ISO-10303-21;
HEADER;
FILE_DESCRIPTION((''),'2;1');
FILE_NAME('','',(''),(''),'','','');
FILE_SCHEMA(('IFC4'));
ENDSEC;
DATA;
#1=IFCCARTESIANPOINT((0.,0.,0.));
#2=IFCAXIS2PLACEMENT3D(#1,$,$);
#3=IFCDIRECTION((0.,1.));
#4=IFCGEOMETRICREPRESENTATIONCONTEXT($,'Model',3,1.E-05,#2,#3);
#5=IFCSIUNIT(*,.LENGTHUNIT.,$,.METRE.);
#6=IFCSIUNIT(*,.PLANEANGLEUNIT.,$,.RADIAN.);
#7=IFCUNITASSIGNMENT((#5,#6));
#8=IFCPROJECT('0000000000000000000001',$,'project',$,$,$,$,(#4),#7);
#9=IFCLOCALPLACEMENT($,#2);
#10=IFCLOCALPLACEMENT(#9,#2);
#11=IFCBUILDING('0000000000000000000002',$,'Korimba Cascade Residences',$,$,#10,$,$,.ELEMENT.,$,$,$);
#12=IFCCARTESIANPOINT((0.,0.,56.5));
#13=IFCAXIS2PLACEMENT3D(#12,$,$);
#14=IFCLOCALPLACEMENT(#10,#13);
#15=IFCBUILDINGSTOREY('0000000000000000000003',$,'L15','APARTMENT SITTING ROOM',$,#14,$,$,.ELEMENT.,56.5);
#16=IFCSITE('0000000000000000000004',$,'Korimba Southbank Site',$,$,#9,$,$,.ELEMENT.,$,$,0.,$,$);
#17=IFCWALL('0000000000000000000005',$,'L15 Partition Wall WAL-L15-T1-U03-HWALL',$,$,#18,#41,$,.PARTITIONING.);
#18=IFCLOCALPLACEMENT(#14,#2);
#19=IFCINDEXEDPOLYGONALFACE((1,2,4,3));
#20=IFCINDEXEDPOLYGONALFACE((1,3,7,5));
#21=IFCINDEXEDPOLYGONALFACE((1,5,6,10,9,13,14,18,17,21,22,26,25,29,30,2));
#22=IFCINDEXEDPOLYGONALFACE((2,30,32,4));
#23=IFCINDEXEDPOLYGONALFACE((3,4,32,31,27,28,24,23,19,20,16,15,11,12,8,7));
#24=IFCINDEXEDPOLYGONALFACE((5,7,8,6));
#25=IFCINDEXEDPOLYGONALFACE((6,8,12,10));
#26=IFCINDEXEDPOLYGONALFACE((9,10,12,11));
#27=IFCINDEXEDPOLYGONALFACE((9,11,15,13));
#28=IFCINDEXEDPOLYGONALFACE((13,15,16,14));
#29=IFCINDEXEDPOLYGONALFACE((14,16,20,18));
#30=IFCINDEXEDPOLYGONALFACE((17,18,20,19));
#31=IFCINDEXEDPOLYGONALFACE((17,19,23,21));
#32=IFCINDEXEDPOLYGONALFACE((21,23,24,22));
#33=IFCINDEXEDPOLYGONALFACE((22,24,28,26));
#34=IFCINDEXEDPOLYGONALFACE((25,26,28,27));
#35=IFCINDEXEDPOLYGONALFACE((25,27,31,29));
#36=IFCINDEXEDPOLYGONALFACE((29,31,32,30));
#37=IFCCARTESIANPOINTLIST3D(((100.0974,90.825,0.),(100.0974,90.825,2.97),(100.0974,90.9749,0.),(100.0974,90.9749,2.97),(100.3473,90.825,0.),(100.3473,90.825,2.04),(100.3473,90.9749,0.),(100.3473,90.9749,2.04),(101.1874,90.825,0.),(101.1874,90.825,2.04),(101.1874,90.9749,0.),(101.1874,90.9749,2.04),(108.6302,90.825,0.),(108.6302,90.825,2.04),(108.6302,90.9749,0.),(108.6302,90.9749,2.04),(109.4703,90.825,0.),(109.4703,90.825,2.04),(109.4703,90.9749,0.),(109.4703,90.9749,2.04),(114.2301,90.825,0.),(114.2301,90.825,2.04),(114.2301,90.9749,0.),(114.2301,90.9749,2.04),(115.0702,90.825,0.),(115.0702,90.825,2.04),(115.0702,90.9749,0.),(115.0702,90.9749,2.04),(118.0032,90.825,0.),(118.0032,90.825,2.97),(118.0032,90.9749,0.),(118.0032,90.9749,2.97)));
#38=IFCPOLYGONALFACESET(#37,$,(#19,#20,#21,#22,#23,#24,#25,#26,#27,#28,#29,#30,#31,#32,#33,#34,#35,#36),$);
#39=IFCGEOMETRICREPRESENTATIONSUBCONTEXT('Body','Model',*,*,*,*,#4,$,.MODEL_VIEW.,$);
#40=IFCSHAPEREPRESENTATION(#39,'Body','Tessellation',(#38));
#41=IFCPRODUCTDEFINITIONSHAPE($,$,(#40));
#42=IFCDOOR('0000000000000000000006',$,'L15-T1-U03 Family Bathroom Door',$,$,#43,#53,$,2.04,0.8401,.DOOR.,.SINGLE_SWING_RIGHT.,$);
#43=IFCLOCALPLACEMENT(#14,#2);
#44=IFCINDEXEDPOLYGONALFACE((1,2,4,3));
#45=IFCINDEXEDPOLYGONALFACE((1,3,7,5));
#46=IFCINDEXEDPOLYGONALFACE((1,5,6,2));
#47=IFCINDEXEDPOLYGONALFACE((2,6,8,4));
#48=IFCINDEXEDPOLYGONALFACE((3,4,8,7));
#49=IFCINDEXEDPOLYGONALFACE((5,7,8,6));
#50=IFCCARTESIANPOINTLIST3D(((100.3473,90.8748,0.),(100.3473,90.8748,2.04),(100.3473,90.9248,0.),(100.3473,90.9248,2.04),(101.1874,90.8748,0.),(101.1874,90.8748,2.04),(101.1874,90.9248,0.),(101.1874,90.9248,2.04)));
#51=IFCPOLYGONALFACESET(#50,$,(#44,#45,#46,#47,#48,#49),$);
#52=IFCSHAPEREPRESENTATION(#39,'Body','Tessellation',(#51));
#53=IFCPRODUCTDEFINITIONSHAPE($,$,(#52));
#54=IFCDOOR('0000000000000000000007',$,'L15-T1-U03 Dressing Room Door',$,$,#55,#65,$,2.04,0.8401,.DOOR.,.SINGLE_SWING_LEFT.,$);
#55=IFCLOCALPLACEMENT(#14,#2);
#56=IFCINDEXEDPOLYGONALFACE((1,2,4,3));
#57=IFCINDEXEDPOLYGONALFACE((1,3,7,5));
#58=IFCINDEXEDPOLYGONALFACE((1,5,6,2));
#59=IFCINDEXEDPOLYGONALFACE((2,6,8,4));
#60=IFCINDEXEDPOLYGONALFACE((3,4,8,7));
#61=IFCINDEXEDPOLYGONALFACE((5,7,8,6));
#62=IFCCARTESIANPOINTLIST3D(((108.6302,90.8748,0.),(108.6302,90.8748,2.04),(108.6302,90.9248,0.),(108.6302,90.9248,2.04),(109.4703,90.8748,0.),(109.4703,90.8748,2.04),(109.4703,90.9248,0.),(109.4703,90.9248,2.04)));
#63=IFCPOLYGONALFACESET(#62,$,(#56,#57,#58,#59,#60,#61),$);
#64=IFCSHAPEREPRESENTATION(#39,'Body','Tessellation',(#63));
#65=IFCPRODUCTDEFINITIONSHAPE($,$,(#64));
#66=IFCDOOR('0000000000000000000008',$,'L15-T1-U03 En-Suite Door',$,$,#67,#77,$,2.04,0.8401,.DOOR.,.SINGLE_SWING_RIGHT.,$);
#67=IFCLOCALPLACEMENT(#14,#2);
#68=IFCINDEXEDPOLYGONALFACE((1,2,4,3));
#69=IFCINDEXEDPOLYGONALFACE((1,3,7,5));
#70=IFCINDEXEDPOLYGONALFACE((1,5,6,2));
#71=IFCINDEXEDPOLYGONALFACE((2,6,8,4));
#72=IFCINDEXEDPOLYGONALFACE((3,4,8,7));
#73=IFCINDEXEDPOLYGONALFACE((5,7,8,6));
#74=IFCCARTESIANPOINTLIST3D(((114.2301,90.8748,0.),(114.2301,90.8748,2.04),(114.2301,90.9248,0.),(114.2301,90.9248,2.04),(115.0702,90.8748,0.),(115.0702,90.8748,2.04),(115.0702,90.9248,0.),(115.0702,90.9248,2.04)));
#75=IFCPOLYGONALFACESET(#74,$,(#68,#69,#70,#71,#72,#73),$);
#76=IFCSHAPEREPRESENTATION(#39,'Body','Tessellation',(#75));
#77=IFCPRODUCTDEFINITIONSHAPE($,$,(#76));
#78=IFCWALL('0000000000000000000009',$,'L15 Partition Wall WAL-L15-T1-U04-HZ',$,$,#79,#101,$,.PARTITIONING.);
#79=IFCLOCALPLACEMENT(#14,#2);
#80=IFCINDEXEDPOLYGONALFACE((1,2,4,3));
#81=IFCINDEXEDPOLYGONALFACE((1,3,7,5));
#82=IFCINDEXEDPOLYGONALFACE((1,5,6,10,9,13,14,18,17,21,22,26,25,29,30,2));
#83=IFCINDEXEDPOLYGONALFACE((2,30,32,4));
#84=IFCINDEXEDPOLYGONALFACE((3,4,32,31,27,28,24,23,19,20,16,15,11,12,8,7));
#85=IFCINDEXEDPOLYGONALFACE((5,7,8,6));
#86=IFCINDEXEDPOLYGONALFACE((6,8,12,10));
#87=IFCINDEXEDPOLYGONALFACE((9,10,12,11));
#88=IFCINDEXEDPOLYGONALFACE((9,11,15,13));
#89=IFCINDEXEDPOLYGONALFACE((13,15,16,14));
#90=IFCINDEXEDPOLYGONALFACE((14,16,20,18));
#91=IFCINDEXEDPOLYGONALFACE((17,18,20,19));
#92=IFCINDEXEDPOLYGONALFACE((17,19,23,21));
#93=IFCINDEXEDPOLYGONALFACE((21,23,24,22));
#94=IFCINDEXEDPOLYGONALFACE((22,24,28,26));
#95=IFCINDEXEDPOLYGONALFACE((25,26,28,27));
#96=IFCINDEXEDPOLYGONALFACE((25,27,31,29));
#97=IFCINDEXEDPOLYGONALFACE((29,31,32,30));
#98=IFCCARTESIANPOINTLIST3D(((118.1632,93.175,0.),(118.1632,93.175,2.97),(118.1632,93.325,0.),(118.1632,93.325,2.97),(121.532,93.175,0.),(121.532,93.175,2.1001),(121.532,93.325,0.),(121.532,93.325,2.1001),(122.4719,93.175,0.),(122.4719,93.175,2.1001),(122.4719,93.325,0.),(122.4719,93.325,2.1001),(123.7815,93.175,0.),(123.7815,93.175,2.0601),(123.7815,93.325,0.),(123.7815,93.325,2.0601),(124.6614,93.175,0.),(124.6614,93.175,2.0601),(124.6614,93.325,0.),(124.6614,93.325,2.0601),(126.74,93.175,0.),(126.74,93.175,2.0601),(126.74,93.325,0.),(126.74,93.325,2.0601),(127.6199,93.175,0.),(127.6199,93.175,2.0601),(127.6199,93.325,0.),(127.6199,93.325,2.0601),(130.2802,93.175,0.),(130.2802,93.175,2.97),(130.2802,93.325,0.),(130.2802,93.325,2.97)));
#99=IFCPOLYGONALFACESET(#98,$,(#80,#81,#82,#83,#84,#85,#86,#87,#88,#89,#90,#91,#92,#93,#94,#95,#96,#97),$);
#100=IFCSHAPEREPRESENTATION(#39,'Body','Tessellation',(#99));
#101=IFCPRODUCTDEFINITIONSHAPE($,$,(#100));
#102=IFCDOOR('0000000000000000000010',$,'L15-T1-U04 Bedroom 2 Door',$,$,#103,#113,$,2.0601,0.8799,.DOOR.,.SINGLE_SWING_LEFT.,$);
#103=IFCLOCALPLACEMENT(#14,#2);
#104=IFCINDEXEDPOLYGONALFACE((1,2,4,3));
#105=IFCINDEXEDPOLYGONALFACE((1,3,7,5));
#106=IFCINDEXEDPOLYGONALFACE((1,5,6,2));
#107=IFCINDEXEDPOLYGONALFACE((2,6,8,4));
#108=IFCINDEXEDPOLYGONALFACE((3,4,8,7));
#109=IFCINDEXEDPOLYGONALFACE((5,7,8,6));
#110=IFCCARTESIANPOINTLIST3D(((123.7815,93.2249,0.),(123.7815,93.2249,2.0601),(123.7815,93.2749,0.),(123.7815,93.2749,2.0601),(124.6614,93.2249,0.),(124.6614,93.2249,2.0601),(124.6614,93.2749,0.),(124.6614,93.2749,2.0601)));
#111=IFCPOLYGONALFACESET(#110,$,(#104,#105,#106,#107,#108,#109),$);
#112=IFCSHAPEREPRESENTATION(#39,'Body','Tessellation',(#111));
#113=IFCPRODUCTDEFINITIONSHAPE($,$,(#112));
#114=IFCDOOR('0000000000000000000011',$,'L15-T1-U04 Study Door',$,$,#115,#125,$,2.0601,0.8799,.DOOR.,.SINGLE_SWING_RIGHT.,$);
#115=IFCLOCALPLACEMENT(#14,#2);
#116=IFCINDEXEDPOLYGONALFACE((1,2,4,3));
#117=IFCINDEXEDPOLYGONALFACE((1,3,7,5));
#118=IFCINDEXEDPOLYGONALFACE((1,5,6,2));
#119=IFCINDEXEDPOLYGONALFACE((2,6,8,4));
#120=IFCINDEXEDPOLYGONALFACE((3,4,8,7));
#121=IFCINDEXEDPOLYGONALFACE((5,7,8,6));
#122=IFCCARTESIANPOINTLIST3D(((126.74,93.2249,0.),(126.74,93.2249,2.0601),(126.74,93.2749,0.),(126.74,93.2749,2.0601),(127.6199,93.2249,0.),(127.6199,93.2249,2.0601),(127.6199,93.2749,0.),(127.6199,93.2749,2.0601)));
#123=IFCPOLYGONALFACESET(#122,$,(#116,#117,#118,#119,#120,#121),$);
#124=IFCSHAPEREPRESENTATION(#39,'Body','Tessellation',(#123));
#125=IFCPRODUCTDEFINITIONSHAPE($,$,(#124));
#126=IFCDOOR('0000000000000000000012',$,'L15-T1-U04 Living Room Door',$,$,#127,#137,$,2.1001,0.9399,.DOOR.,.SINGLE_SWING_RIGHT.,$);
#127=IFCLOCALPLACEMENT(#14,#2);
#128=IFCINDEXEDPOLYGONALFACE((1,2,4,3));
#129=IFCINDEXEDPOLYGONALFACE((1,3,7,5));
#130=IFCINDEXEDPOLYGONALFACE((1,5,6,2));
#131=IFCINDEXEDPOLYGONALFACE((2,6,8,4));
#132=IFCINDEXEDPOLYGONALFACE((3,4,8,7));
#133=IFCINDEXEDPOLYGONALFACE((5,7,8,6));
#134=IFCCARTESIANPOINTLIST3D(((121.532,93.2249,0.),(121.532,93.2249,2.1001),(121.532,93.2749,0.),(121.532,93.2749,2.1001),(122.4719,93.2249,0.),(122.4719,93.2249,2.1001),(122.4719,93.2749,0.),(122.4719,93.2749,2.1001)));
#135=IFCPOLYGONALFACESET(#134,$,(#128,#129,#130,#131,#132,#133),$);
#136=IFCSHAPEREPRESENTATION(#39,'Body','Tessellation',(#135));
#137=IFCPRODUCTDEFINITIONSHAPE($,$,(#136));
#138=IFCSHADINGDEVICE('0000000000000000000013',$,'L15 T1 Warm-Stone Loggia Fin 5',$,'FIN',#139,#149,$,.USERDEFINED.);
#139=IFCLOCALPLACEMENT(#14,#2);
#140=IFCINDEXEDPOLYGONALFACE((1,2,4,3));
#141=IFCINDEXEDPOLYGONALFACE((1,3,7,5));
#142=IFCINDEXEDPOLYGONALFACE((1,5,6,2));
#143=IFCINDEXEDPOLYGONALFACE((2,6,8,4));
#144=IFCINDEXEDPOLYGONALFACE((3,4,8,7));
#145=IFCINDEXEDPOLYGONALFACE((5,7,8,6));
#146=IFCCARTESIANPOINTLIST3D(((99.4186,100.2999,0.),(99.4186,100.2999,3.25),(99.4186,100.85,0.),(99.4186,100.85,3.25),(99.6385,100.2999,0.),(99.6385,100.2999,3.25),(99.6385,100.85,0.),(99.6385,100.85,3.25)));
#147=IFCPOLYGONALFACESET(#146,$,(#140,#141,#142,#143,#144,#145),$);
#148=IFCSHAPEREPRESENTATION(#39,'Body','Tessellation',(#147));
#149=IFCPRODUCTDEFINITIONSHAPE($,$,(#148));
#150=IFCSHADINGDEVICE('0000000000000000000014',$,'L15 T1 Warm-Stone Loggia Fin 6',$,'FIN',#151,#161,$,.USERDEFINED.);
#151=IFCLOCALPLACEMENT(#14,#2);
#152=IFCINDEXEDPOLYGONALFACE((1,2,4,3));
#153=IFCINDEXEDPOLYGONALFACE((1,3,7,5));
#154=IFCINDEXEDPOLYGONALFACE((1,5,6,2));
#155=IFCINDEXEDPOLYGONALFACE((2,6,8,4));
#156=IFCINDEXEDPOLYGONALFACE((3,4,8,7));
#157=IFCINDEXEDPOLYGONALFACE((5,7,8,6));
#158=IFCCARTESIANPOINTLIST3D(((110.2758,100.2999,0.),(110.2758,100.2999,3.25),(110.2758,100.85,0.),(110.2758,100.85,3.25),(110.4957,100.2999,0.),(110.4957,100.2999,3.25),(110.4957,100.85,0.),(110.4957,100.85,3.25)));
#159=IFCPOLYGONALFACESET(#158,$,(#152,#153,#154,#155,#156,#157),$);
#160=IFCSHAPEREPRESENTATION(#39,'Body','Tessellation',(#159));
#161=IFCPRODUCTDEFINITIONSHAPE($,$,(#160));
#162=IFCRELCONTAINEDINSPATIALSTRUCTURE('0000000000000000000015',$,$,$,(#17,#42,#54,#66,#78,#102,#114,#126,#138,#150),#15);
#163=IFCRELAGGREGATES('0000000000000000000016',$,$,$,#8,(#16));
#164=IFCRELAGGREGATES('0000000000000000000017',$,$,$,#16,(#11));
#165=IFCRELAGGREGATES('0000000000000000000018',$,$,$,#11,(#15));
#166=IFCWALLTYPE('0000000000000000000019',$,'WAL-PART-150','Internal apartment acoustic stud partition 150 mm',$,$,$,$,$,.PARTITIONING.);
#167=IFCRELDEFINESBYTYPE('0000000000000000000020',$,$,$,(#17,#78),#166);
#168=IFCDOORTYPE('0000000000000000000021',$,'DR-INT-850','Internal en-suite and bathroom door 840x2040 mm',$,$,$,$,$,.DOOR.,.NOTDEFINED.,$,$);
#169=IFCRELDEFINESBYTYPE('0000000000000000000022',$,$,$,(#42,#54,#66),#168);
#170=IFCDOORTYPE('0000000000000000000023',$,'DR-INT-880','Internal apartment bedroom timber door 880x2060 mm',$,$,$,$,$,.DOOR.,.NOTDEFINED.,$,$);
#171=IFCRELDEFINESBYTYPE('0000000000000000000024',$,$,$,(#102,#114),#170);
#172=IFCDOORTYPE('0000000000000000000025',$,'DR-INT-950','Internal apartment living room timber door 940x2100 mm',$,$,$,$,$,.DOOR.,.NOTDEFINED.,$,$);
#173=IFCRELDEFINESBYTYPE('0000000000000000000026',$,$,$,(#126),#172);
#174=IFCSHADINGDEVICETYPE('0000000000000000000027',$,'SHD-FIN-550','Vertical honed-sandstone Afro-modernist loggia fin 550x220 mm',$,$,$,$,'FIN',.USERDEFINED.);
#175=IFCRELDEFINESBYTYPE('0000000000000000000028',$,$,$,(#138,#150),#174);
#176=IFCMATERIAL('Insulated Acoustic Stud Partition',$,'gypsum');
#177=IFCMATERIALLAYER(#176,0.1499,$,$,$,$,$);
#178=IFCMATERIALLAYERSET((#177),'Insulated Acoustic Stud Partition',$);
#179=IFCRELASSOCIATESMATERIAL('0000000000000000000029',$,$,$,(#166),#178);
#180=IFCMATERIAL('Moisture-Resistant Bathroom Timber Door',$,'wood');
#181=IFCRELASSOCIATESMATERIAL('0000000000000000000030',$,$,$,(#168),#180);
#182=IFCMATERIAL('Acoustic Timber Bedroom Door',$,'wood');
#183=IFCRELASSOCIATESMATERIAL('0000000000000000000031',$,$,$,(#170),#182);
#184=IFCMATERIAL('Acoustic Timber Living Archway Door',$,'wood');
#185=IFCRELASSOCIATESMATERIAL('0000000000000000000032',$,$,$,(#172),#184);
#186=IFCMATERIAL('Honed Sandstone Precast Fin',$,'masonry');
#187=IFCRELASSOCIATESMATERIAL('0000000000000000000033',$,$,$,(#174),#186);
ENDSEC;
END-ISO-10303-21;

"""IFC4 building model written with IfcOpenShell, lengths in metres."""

from ifc_helpers import new_model, si_unit, direction, frame, frame_2d, origin, origin_2d, place, context, subcontext, project, spatial, rectangle, extrude, material, layer, layer_set, type_object, element, fill, save


model = new_model("IFC4")

# Units and contexts
model_context = context("Model", 3, precision=1e-05, world=origin(), true_north=direction((0.0, 1.0)))
body_context = subcontext(model_context, "Body", "Model", "MODEL_VIEW")
ifc_project = project(units=[si_unit("LENGTHUNIT", "METRE"), si_unit("PLANEANGLEUNIT", "RADIAN")], contexts=[model_context])

# Site, building, storey
site_placement = place(None, origin())
site = spatial("IfcSite", under=ifc_project, at=site_placement, Name="Korimba Southbank Site", CompositionType="ELEMENT", RefElevation=0.0)
building_placement = place(site_placement, origin())
building = spatial("IfcBuilding", under=site, at=building_placement, Name="Korimba Cascade Residences", CompositionType="ELEMENT")
storey_placement = place(building_placement, frame((0.0, 0.0, 56.5)))
storey = spatial("IfcBuildingStorey", under=building, at=storey_placement, Name="L15", Description="APARTMENT SITTING ROOM", CompositionType="ELEMENT", Elevation=56.5)

# Shared definitions
ifc_material_1 = material(Name="Insulated Acoustic Stud Partition", Category="gypsum")
ifc_layer = layer(ifc_material_1, 0.1499)
ifc_layer_set = layer_set([ifc_layer], Name="Insulated Acoustic Stud Partition")
wall_type = type_object("IfcWallType", Name="WAL-PART-150", Description="Internal apartment acoustic stud partition 150 mm", PredefinedType="PARTITIONING", material=ifc_layer_set)

# Walls, openings, doors
wall_1_placement = place(storey_placement, frame((100.0974, 90.8999, 0.0), z_axis=(0.0, 0.0, 1.0), x_axis=(1.0, 0.0, 0.0)))
wall_1 = element("IfcWall", 1, at=wall_1_placement, inside=storey, type_object=wall_type, Name="L15 Partition Wall WAL-L15-T1-U03-HWALL", PredefinedType="PARTITIONING", context=body_context, shape_type="SweptSolid", body=[
    extrude(rectangle(XDim=17.9058, YDim=0.1499, at=frame_2d((8.9529, 0.0))), origin(), (0.0, 0.0, 1.0), 2.97),
])
opening_1_placement = place(wall_1_placement, frame((0.25, 0.0, 0.0)))
opening_1 = element("IfcOpeningElement", 2, at=opening_1_placement, cuts=wall_1, PredefinedType="OPENING", context=body_context, shape_type="SweptSolid", body=[
    extrude(rectangle(XDim=0.8401, YDim=2.04, at=frame_2d((0.4199, 1.02))), frame((0.0, 0.085, 0.0), z_axis=(0.0, -1.0, 0.0), x_axis=(1.0, 0.0, 0.0)), (0.0, 0.0, 1.0), 0.1699),
])
opening_2_placement = place(wall_1_placement, frame((8.533, 0.0, 0.0)))
opening_2 = element("IfcOpeningElement", 3, at=opening_2_placement, cuts=wall_1, PredefinedType="OPENING", context=body_context, shape_type="SweptSolid", body=[
    extrude(rectangle(XDim=0.8401, YDim=2.04, at=frame_2d((0.4199, 1.02))), frame((0.0, 0.085, 0.0), z_axis=(0.0, -1.0, 0.0), x_axis=(1.0, 0.0, 0.0)), (0.0, 0.0, 1.0), 0.1699),
])
opening_3_placement = place(wall_1_placement, frame((14.1328, 0.0, 0.0)))
opening_3 = element("IfcOpeningElement", 4, at=opening_3_placement, cuts=wall_1, PredefinedType="OPENING", context=body_context, shape_type="SweptSolid", body=[
    extrude(rectangle(XDim=0.8401, YDim=2.04, at=frame_2d((0.4199, 1.02))), frame((0.0, 0.085, 0.0), z_axis=(0.0, -1.0, 0.0), x_axis=(1.0, 0.0, 0.0)), (0.0, 0.0, 1.0), 0.1699),
])
ifc_material_2 = material(Name="Moisture-Resistant Bathroom Timber Door", Category="wood")
door_type_1 = type_object("IfcDoorType", Name="DR-INT-850", Description="Internal en-suite and bathroom door 840x2040 mm", OperationType="NOTDEFINED", PredefinedType="DOOR", material=ifc_material_2)
door_1_placement = place(opening_1_placement, origin())
door_1 = element("IfcDoor", 5, at=door_1_placement, inside=storey, type_object=door_type_1, Name="L15-T1-U03 Family Bathroom Door", OperationType="SINGLE_SWING_RIGHT", OverallHeight=2.04, OverallWidth=0.8401, PredefinedType="DOOR", context=body_context, shape_type="SweptSolid", body=[
    extrude(rectangle(XDim=0.8401, YDim=2.04, at=frame_2d((0.4199, 1.02))), frame((0.0, 0.0249, 0.0), z_axis=(0.0, -1.0, 0.0), x_axis=(1.0, 0.0, 0.0)), (0.0, 0.0, 1.0), 0.05),
])
fill(opening_1, door_1)
door_2_placement = place(opening_2_placement, origin())
door_2 = element("IfcDoor", 6, at=door_2_placement, inside=storey, type_object=door_type_1, Name="L15-T1-U03 Dressing Room Door", OperationType="SINGLE_SWING_LEFT", OverallHeight=2.04, OverallWidth=0.8401, PredefinedType="DOOR", context=body_context, shape_type="SweptSolid", body=[
    extrude(rectangle(XDim=0.8401, YDim=2.04, at=frame_2d((0.4199, 1.02))), frame((0.0, 0.0249, 0.0), z_axis=(0.0, -1.0, 0.0), x_axis=(1.0, 0.0, 0.0)), (0.0, 0.0, 1.0), 0.05),
])
fill(opening_2, door_2)
door_3_placement = place(opening_3_placement, origin())
door_3 = element("IfcDoor", 7, at=door_3_placement, inside=storey, type_object=door_type_1, Name="L15-T1-U03 En-Suite Door", OperationType="SINGLE_SWING_RIGHT", OverallHeight=2.04, OverallWidth=0.8401, PredefinedType="DOOR", context=body_context, shape_type="SweptSolid", body=[
    extrude(rectangle(XDim=0.8401, YDim=2.04, at=frame_2d((0.4199, 1.02))), frame((0.0, 0.0249, 0.0), z_axis=(0.0, -1.0, 0.0), x_axis=(1.0, 0.0, 0.0)), (0.0, 0.0, 1.0), 0.05),
])
fill(opening_3, door_3)
wall_2_placement = place(storey_placement, frame((118.1631, 93.25, 0.0), z_axis=(0.0, 0.0, 1.0), x_axis=(1.0, 0.0, 0.0)))
wall_2 = element("IfcWall", 8, at=wall_2_placement, inside=storey, type_object=wall_type, Name="L15 Partition Wall WAL-L15-T1-U04-HZ", PredefinedType="PARTITIONING", context=body_context, shape_type="SweptSolid", body=[
    extrude(rectangle(XDim=12.1169, YDim=0.1499, at=frame_2d((6.0586, 0.0))), origin(), (0.0, 0.0, 1.0), 2.97),
])
opening_4_placement = place(wall_2_placement, frame((3.3689, 0.0, 0.0)))
opening_4 = element("IfcOpeningElement", 9, at=opening_4_placement, cuts=wall_2, PredefinedType="OPENING", context=body_context, shape_type="SweptSolid", body=[
    extrude(rectangle(XDim=0.9399, YDim=2.1001, at=frame_2d((0.47, 1.05))), frame((0.0, 0.085, 0.0), z_axis=(0.0, -1.0, 0.0), x_axis=(1.0, 0.0, 0.0)), (0.0, 0.0, 1.0), 0.1699),
])
opening_5_placement = place(wall_2_placement, frame((5.6184, 0.0, 0.0)))
opening_5 = element("IfcOpeningElement", 10, at=opening_5_placement, cuts=wall_2, PredefinedType="OPENING", context=body_context, shape_type="SweptSolid", body=[
    extrude(rectangle(XDim=0.8799, YDim=2.0601, at=frame_2d((0.4399, 1.03))), frame((0.0, 0.085, 0.0), z_axis=(0.0, -1.0, 0.0), x_axis=(1.0, 0.0, 0.0)), (0.0, 0.0, 1.0), 0.1699),
])
opening_6_placement = place(wall_2_placement, frame((8.5769, 0.0, 0.0)))
opening_6 = element("IfcOpeningElement", 11, at=opening_6_placement, cuts=wall_2, PredefinedType="OPENING", context=body_context, shape_type="SweptSolid", body=[
    extrude(rectangle(XDim=0.8799, YDim=2.0601, at=frame_2d((0.4399, 1.03))), frame((0.0, 0.085, 0.0), z_axis=(0.0, -1.0, 0.0), x_axis=(1.0, 0.0, 0.0)), (0.0, 0.0, 1.0), 0.1699),
])
ifc_material_3 = material(Name="Acoustic Timber Bedroom Door", Category="wood")
door_type_2 = type_object("IfcDoorType", Name="DR-INT-880", Description="Internal apartment bedroom timber door 880x2060 mm", OperationType="NOTDEFINED", PredefinedType="DOOR", material=ifc_material_3)
door_4_placement = place(opening_5_placement, origin())
door_4 = element("IfcDoor", 12, at=door_4_placement, inside=storey, type_object=door_type_2, Name="L15-T1-U04 Bedroom 2 Door", OperationType="SINGLE_SWING_LEFT", OverallHeight=2.0601, OverallWidth=0.8799, PredefinedType="DOOR", context=body_context, shape_type="SweptSolid", body=[
    extrude(rectangle(XDim=0.8799, YDim=2.0601, at=frame_2d((0.4399, 1.03))), frame((0.0, 0.0249, 0.0), z_axis=(0.0, -1.0, 0.0), x_axis=(1.0, 0.0, 0.0)), (0.0, 0.0, 1.0), 0.05),
])
fill(opening_5, door_4)
door_5_placement = place(opening_6_placement, origin())
door_5 = element("IfcDoor", 13, at=door_5_placement, inside=storey, type_object=door_type_2, Name="L15-T1-U04 Study Door", OperationType="SINGLE_SWING_RIGHT", OverallHeight=2.0601, OverallWidth=0.8799, PredefinedType="DOOR", context=body_context, shape_type="SweptSolid", body=[
    extrude(rectangle(XDim=0.8799, YDim=2.0601, at=frame_2d((0.4399, 1.03))), frame((0.0, 0.0249, 0.0), z_axis=(0.0, -1.0, 0.0), x_axis=(1.0, 0.0, 0.0)), (0.0, 0.0, 1.0), 0.05),
])
fill(opening_6, door_5)
ifc_material_4 = material(Name="Acoustic Timber Living Archway Door", Category="wood")
door_type_3 = type_object("IfcDoorType", Name="DR-INT-950", Description="Internal apartment living room timber door 940x2100 mm", OperationType="NOTDEFINED", PredefinedType="DOOR", material=ifc_material_4)
door_6_placement = place(opening_4_placement, origin())
door_6 = element("IfcDoor", 14, at=door_6_placement, inside=storey, type_object=door_type_3, Name="L15-T1-U04 Living Room Door", OperationType="SINGLE_SWING_RIGHT", OverallHeight=2.1001, OverallWidth=0.9399, PredefinedType="DOOR", context=body_context, shape_type="SweptSolid", body=[
    extrude(rectangle(XDim=0.9399, YDim=2.1001, at=frame_2d((0.47, 1.05))), frame((0.0, 0.0249, 0.0), z_axis=(0.0, -1.0, 0.0), x_axis=(1.0, 0.0, 0.0)), (0.0, 0.0, 1.0), 0.05),
])
fill(opening_4, door_6)

# Shading devices
ifc_material_5 = material(Name="Honed Sandstone Precast Fin", Category="masonry")
shading_device_type = type_object("IfcShadingDeviceType", Name="SHD-FIN-550", Description="Vertical honed-sandstone Afro-modernist loggia fin 550x220 mm", ElementType="FIN", PredefinedType="USERDEFINED", material=ifc_material_5)
for number, where, z_axis, x_axis, name in (
    (15, (99.5286, 100.575, 0.0), (0.0, 0.0, 1.0), (1.0, 0.0, 0.0), "L15 T1 Warm-Stone Loggia Fin 5"),
    (16, (110.3857, 100.575, 0.0), (0.0, 0.0, 1.0), (1.0, 0.0, 0.0), "L15 T1 Warm-Stone Loggia Fin 6"),
):
    element("IfcShadingDevice", number, at=place(storey_placement, frame(where, z_axis=z_axis, x_axis=x_axis)), inside=storey, type_object=shading_device_type, Name=name, ObjectType="FIN", PredefinedType="USERDEFINED", context=body_context, shape_type="SweptSolid", body=[
        extrude(rectangle(XDim=0.22, YDim=0.55, at=origin_2d()), origin(), (0.0, 0.0, 1.0), 3.25),
    ])

save(model, "model.ifc")
